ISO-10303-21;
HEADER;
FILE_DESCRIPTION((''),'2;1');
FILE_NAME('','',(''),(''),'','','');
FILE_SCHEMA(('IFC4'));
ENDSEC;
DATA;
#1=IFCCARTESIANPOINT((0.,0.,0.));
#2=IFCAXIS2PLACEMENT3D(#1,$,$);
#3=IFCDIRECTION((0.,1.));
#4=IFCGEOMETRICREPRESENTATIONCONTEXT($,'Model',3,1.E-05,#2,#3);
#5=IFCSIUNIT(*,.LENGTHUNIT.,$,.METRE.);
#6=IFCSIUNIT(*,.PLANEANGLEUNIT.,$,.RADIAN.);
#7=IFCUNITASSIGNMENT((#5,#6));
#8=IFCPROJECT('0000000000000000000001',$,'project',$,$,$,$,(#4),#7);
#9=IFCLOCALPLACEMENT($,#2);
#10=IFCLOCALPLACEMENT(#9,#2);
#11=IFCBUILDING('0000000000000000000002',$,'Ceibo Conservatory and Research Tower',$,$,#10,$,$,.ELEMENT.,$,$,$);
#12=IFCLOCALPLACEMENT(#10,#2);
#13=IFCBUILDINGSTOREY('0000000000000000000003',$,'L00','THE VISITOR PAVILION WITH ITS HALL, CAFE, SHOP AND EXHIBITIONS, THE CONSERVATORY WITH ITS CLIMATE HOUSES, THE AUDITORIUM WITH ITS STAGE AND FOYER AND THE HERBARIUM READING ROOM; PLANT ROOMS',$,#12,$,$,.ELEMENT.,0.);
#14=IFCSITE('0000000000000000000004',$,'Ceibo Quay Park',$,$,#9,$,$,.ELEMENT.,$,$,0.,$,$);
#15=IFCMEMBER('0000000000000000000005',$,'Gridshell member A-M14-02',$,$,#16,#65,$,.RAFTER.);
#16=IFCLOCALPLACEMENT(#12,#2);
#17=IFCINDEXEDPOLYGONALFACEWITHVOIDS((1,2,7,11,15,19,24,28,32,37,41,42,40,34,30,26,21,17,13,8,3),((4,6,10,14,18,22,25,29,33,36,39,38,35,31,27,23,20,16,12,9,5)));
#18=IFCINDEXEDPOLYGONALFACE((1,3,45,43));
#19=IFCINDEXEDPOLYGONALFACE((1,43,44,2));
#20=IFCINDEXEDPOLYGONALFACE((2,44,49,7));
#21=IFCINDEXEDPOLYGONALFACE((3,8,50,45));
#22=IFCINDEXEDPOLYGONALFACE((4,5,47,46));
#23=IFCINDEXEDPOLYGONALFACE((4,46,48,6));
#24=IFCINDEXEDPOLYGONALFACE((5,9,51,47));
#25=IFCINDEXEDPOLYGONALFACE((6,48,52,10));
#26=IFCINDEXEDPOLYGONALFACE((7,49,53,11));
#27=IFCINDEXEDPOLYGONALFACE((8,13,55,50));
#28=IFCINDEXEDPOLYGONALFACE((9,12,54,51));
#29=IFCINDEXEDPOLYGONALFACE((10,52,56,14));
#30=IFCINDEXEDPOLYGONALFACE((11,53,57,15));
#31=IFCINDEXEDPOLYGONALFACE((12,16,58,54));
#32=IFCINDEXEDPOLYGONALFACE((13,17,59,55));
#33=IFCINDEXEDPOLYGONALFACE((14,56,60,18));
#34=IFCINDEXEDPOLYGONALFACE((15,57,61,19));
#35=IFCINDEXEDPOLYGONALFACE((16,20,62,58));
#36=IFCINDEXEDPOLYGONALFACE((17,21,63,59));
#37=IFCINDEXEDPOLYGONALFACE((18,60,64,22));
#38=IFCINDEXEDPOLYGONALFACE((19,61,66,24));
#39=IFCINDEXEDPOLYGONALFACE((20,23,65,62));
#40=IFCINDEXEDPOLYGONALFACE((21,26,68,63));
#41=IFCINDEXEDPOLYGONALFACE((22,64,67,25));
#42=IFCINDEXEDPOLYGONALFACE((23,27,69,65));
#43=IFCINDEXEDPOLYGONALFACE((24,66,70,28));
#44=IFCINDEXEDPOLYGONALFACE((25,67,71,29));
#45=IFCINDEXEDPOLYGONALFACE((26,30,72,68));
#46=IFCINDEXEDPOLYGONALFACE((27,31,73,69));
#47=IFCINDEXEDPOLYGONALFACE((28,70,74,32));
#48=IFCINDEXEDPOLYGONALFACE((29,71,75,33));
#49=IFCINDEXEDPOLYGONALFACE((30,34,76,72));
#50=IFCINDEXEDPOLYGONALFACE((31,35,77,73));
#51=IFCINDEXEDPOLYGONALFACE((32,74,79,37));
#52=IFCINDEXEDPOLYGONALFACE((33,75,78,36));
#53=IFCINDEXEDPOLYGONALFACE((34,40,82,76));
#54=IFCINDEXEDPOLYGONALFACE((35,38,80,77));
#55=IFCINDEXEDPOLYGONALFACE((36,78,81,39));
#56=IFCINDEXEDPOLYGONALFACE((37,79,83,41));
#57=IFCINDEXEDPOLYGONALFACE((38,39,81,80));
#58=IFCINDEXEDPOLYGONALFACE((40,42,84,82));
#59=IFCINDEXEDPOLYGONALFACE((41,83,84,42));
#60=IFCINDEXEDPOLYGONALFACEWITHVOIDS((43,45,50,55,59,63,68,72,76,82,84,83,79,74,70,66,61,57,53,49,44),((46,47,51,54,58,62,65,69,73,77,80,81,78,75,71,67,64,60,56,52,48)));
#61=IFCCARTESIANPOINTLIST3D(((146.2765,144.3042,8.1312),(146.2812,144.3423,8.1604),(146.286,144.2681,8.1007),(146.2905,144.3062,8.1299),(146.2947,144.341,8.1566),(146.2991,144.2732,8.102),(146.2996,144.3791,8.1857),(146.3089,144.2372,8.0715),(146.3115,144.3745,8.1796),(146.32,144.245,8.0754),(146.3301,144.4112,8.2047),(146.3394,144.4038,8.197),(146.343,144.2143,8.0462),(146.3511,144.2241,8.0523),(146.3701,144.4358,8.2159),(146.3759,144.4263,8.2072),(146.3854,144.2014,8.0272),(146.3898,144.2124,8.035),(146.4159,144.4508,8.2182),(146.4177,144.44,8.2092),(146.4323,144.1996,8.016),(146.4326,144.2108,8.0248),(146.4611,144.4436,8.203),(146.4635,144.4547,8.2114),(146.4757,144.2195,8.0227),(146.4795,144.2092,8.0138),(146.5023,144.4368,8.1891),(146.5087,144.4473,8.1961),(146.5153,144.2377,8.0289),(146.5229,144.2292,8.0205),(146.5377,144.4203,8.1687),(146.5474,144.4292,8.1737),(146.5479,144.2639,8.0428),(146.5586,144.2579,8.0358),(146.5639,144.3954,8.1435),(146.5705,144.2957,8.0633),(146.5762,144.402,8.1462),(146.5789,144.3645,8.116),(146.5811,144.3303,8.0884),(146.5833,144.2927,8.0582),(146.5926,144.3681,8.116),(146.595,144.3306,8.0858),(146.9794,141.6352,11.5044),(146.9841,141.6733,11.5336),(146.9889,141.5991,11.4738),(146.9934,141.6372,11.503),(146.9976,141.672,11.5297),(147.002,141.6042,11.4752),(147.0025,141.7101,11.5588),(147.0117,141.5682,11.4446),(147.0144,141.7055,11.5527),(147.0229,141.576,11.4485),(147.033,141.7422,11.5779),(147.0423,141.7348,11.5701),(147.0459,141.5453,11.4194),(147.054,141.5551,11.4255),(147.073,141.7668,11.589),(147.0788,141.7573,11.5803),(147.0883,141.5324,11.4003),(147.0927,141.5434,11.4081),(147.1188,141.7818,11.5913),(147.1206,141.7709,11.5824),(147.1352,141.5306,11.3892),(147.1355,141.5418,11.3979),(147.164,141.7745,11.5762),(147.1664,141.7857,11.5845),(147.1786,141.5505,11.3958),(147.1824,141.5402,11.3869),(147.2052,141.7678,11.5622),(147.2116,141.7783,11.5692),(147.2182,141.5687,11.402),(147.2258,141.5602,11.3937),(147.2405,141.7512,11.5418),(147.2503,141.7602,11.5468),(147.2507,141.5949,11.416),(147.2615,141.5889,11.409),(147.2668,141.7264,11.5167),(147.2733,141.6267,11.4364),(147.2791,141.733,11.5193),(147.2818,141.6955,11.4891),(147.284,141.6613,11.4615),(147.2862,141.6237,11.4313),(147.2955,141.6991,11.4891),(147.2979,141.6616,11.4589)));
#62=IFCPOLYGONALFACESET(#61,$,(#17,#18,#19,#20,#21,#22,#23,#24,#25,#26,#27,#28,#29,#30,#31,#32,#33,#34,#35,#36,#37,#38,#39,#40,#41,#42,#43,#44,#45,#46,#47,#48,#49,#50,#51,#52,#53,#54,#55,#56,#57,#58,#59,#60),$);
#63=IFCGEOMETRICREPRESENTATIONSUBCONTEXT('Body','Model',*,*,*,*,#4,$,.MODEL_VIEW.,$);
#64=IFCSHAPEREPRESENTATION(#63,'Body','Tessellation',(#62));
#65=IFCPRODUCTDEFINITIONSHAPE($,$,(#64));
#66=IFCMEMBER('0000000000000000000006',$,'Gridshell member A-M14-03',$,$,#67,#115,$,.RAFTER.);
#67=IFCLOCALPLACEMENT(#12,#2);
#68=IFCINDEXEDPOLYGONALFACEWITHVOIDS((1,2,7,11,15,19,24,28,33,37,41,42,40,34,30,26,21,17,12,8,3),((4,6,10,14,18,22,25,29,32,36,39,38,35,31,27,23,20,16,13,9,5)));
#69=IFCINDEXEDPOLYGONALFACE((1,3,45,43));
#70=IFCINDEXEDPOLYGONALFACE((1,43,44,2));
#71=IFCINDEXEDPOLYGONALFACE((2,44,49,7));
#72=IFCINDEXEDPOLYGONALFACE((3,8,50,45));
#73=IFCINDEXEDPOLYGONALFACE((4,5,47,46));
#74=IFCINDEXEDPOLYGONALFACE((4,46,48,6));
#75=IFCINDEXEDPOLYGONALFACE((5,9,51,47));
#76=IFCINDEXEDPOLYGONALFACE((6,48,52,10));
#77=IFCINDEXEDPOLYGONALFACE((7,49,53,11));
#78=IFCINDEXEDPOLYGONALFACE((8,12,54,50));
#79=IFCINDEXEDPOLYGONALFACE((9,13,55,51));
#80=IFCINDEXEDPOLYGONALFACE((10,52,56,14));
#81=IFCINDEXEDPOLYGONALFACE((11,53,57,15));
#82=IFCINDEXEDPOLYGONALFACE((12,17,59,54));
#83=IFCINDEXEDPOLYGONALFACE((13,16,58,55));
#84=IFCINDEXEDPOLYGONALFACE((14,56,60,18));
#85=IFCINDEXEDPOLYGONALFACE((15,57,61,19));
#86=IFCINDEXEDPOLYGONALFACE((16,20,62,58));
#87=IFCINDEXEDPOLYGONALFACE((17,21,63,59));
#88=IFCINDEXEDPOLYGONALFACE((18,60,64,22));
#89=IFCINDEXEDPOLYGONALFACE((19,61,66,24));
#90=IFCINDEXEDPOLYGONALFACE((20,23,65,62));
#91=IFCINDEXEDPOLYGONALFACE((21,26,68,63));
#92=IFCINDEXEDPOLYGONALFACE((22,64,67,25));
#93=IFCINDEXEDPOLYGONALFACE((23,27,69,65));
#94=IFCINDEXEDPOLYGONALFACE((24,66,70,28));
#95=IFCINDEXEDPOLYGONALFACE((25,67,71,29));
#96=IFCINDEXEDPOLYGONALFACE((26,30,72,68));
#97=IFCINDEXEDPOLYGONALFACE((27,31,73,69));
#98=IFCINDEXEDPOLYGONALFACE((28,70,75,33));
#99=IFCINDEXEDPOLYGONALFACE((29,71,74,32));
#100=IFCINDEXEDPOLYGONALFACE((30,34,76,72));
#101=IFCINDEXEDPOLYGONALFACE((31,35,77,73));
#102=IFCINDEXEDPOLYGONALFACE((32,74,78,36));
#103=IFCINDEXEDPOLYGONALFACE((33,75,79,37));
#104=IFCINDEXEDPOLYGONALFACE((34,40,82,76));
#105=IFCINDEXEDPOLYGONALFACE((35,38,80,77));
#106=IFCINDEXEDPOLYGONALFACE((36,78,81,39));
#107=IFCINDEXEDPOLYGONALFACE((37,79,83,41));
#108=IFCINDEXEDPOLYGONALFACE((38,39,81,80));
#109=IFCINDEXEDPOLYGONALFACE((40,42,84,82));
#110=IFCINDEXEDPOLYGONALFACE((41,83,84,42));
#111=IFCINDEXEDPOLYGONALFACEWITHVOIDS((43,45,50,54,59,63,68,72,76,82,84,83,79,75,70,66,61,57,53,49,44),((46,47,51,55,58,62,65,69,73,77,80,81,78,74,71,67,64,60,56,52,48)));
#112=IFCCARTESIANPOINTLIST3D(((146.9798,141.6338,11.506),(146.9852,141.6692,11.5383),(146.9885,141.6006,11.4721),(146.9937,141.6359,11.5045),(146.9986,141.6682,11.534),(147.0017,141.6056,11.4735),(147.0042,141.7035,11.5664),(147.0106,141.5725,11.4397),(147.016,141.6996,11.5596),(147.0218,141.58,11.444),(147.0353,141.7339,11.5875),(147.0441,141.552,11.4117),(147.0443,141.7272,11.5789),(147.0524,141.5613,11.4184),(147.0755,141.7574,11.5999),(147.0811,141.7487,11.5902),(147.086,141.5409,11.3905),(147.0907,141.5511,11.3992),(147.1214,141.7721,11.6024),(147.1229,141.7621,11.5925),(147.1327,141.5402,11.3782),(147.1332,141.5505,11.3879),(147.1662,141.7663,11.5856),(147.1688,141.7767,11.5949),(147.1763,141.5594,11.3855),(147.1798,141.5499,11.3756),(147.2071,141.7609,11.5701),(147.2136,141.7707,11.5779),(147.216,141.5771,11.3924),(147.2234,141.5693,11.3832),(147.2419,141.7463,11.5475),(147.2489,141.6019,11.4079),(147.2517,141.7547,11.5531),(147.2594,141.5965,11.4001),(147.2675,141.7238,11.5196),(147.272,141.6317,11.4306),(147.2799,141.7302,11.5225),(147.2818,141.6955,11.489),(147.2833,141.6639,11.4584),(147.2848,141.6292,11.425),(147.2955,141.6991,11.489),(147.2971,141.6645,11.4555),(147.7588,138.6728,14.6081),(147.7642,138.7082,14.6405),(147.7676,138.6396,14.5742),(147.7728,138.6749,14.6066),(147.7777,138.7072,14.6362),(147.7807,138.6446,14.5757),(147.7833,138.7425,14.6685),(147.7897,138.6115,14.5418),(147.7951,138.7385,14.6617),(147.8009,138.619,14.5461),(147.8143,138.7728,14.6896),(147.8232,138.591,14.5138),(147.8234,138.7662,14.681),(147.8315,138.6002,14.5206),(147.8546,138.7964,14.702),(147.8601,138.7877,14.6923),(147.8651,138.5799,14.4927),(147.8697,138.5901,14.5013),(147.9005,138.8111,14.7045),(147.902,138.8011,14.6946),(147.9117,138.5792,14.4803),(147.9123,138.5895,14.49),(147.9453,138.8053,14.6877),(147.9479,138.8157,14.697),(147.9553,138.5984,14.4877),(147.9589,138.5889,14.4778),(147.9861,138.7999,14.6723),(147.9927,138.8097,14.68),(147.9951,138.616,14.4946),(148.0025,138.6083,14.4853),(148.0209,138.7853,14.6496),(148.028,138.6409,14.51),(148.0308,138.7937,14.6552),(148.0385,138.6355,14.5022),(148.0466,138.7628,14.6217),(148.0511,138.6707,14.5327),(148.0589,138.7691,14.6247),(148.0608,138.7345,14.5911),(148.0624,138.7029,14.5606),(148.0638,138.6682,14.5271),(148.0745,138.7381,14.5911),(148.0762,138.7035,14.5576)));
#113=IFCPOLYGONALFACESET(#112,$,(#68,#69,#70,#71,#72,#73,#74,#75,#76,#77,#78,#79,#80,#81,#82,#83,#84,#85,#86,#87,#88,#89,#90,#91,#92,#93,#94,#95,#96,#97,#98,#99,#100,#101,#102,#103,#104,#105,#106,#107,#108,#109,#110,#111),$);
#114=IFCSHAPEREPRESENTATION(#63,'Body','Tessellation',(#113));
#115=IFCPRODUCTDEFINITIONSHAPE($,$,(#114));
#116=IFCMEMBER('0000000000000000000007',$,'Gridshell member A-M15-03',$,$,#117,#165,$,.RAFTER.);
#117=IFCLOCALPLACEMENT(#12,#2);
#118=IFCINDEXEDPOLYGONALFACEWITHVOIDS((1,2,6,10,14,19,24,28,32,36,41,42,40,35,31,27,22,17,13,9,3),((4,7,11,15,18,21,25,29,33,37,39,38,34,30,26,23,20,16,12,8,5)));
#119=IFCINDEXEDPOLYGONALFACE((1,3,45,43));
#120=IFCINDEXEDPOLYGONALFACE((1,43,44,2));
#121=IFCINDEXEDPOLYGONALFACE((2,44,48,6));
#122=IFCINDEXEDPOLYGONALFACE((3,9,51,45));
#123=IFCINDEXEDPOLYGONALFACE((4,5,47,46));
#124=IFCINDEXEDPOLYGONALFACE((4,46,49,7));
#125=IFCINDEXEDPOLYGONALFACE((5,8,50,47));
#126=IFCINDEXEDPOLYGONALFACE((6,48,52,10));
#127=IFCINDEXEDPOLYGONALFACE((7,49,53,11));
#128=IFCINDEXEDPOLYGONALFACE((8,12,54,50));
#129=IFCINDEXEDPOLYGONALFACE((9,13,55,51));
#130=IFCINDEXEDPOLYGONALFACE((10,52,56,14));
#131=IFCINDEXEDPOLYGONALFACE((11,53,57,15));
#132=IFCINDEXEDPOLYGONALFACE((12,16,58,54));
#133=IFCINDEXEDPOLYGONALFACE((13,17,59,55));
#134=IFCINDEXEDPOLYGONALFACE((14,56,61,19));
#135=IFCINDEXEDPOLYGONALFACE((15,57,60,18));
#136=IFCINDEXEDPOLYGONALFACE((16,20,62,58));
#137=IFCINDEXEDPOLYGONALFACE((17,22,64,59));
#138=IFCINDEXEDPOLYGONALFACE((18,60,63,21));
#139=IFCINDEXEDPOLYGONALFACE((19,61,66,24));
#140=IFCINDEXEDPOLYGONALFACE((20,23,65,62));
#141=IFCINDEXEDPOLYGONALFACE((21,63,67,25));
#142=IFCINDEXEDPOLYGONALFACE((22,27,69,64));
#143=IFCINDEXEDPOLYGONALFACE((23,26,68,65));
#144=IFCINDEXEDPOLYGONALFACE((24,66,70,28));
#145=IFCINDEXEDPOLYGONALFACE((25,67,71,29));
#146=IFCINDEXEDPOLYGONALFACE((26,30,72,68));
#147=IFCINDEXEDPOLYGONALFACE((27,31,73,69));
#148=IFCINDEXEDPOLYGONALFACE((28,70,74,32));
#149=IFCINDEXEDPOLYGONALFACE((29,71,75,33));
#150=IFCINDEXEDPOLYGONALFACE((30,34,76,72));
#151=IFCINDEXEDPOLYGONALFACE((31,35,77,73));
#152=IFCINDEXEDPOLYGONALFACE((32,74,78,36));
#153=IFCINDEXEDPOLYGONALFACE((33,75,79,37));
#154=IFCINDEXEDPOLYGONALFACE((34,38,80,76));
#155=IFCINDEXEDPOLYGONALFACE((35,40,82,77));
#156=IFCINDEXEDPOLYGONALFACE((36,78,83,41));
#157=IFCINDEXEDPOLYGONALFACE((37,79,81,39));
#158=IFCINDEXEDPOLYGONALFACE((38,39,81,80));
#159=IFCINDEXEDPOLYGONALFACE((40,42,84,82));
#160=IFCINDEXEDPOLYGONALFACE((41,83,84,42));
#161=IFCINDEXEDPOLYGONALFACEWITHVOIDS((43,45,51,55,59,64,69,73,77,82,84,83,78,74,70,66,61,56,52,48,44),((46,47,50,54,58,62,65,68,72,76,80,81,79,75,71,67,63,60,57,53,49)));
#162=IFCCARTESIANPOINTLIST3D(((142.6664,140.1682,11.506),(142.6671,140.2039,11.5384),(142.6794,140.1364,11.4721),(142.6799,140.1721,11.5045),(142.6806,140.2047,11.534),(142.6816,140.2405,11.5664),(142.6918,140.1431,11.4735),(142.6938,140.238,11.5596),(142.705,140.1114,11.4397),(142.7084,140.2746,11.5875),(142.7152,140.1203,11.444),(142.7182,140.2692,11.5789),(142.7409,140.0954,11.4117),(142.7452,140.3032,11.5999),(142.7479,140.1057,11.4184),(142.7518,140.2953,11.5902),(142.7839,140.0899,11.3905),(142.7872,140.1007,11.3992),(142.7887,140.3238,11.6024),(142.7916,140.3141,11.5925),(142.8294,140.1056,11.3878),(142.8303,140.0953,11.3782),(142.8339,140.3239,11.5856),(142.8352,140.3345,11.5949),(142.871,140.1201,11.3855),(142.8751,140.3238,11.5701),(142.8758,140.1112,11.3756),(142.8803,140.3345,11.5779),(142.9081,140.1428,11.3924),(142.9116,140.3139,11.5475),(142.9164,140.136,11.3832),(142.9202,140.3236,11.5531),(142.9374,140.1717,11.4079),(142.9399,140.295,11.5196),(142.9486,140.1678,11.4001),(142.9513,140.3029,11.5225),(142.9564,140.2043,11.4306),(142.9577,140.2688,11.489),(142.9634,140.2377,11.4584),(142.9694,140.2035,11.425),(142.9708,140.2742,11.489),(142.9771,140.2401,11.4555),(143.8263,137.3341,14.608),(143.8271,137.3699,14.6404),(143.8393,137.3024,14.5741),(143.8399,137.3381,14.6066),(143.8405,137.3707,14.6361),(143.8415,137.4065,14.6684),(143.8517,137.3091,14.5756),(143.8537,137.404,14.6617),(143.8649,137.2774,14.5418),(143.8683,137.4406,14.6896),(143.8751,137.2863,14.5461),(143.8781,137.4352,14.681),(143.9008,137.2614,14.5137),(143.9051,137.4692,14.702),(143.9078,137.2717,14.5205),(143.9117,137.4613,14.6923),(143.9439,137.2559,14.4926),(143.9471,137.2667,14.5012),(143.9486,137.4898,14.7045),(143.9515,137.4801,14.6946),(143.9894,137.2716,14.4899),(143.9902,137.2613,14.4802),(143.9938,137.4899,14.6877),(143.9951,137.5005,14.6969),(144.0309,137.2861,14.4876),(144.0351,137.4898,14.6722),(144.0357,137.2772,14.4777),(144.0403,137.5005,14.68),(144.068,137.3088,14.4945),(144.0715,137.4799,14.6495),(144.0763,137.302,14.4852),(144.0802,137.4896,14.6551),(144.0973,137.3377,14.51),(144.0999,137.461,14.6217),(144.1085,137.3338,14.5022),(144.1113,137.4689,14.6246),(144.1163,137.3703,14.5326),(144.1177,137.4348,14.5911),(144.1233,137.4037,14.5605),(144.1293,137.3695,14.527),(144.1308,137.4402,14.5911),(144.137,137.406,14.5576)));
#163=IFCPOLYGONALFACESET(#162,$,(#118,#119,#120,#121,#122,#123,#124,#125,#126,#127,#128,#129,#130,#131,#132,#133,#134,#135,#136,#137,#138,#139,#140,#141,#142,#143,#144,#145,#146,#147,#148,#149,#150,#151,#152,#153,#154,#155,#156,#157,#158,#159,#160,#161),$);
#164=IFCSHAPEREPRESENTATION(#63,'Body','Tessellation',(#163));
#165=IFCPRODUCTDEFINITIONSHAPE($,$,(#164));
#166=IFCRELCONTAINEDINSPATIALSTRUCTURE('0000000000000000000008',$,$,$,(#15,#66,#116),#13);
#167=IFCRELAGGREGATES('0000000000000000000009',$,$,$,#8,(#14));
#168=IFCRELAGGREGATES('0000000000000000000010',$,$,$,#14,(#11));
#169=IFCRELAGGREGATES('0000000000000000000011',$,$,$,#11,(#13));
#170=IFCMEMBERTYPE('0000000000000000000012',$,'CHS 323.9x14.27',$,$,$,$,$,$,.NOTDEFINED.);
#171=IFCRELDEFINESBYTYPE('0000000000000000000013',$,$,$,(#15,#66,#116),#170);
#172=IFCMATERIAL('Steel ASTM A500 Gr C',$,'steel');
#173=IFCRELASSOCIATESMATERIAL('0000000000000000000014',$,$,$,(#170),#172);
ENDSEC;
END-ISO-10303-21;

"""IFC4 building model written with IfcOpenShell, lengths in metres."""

from ifc_helpers import new_model, si_unit, direction, frame, origin, origin_2d, place, context, subcontext, project, spatial, hollow_circle, extrude, material, material_profile, profile_set, type_object, element, save


model = new_model("IFC4")

# Units and contexts
model_context = context("Model", 3, precision=1e-05, world=origin(), true_north=direction((0.0, 1.0)))
body_context = subcontext(model_context, "Body", "Model", "MODEL_VIEW")
ifc_project = project(units=[si_unit("LENGTHUNIT", "METRE"), si_unit("PLANEANGLEUNIT", "RADIAN")], contexts=[model_context])

# Site, building, storey
site_placement = place(None, origin())
site = spatial("IfcSite", under=ifc_project, at=site_placement, Name="Ceibo Quay Park", CompositionType="ELEMENT", RefElevation=0.0)
building_placement = place(site_placement, origin())
building = spatial("IfcBuilding", under=site, at=building_placement, Name="Ceibo Conservatory and Research Tower", CompositionType="ELEMENT")
storey_placement = place(building_placement, origin())
storey = spatial("IfcBuildingStorey", under=building, at=storey_placement, Name="L00", Description="THE VISITOR PAVILION WITH ITS HALL, CAFE, SHOP AND EXHIBITIONS, THE CONSERVATORY WITH ITS CLIMATE HOUSES, THE AUDITORIUM WITH ITS STAGE AND FOYER AND THE HERBARIUM READING ROOM; PLANT ROOMS", CompositionType="ELEMENT", Elevation=0.0)

# Members
ifc_material_1 = material(Name="Steel ASTM A500 Gr C", Category="steel")
ifc_material_profile_1 = material_profile(ifc_material_1, hollow_circle(Radius=0.1619, WallThickness=0.0142, at=origin_2d()), Name="CHS 323.9x14.27")
ifc_profile_set_1 = profile_set([ifc_material_profile_1], Name="Steel ASTM A500 Gr C")
member_type_1 = type_object("IfcMemberType", Name="CHS 323.9x14.27", PredefinedType="NOTDEFINED", material=ifc_profile_set_1)
member_1_placement = place(storey_placement, frame((146.436, 144.3269, 8.116), z_axis=(0.161274, -0.612383, 0.773937), x_axis=(0.967028, 0.254672, 0.0)))
element("IfcMember", 1, at=member_1_placement, inside=storey, type_object=member_type_1, Name="Gridshell member A-M14-02", PredefinedType="RAFTER", context=body_context, shape_type="SweptSolid", body=[
    extrude(hollow_circle(Radius=0.1619, WallThickness=0.0142, at=origin_2d()), origin(), (0.0, 0.0, 1.0), 4.3584),
])
member_2_placement = place(storey_placement, frame((147.1389, 141.658, 11.489), z_axis=(0.178742, -0.679343, 0.711719), x_axis=(0.967086, 0.25445, 0.0)))
element("IfcMember", 2, at=member_2_placement, inside=storey, type_object=member_type_1, Name="Gridshell member A-M14-03", PredefinedType="RAFTER", context=body_context, shape_type="SweptSolid", body=[
    extrude(hollow_circle(Radius=0.1619, WallThickness=0.0142, at=origin_2d()), origin(), (0.0, 0.0, 1.0), 4.3586),
])
member_3_placement = place(storey_placement, frame((142.821, 140.2129, 11.489), z_axis=(0.266105, -0.650168, 0.711667), x_axis=(0.925483, 0.378788, 0.0)))
element("IfcMember", 3, at=member_3_placement, inside=storey, type_object=member_type_1, Name="Gridshell member A-M15-03", PredefinedType="RAFTER", context=body_context, shape_type="SweptSolid", body=[
    extrude(hollow_circle(Radius=0.1619, WallThickness=0.0142, at=origin_2d()), origin(), (0.0, 0.0, 1.0), 4.3589),
])

save(model, "model.ifc")
